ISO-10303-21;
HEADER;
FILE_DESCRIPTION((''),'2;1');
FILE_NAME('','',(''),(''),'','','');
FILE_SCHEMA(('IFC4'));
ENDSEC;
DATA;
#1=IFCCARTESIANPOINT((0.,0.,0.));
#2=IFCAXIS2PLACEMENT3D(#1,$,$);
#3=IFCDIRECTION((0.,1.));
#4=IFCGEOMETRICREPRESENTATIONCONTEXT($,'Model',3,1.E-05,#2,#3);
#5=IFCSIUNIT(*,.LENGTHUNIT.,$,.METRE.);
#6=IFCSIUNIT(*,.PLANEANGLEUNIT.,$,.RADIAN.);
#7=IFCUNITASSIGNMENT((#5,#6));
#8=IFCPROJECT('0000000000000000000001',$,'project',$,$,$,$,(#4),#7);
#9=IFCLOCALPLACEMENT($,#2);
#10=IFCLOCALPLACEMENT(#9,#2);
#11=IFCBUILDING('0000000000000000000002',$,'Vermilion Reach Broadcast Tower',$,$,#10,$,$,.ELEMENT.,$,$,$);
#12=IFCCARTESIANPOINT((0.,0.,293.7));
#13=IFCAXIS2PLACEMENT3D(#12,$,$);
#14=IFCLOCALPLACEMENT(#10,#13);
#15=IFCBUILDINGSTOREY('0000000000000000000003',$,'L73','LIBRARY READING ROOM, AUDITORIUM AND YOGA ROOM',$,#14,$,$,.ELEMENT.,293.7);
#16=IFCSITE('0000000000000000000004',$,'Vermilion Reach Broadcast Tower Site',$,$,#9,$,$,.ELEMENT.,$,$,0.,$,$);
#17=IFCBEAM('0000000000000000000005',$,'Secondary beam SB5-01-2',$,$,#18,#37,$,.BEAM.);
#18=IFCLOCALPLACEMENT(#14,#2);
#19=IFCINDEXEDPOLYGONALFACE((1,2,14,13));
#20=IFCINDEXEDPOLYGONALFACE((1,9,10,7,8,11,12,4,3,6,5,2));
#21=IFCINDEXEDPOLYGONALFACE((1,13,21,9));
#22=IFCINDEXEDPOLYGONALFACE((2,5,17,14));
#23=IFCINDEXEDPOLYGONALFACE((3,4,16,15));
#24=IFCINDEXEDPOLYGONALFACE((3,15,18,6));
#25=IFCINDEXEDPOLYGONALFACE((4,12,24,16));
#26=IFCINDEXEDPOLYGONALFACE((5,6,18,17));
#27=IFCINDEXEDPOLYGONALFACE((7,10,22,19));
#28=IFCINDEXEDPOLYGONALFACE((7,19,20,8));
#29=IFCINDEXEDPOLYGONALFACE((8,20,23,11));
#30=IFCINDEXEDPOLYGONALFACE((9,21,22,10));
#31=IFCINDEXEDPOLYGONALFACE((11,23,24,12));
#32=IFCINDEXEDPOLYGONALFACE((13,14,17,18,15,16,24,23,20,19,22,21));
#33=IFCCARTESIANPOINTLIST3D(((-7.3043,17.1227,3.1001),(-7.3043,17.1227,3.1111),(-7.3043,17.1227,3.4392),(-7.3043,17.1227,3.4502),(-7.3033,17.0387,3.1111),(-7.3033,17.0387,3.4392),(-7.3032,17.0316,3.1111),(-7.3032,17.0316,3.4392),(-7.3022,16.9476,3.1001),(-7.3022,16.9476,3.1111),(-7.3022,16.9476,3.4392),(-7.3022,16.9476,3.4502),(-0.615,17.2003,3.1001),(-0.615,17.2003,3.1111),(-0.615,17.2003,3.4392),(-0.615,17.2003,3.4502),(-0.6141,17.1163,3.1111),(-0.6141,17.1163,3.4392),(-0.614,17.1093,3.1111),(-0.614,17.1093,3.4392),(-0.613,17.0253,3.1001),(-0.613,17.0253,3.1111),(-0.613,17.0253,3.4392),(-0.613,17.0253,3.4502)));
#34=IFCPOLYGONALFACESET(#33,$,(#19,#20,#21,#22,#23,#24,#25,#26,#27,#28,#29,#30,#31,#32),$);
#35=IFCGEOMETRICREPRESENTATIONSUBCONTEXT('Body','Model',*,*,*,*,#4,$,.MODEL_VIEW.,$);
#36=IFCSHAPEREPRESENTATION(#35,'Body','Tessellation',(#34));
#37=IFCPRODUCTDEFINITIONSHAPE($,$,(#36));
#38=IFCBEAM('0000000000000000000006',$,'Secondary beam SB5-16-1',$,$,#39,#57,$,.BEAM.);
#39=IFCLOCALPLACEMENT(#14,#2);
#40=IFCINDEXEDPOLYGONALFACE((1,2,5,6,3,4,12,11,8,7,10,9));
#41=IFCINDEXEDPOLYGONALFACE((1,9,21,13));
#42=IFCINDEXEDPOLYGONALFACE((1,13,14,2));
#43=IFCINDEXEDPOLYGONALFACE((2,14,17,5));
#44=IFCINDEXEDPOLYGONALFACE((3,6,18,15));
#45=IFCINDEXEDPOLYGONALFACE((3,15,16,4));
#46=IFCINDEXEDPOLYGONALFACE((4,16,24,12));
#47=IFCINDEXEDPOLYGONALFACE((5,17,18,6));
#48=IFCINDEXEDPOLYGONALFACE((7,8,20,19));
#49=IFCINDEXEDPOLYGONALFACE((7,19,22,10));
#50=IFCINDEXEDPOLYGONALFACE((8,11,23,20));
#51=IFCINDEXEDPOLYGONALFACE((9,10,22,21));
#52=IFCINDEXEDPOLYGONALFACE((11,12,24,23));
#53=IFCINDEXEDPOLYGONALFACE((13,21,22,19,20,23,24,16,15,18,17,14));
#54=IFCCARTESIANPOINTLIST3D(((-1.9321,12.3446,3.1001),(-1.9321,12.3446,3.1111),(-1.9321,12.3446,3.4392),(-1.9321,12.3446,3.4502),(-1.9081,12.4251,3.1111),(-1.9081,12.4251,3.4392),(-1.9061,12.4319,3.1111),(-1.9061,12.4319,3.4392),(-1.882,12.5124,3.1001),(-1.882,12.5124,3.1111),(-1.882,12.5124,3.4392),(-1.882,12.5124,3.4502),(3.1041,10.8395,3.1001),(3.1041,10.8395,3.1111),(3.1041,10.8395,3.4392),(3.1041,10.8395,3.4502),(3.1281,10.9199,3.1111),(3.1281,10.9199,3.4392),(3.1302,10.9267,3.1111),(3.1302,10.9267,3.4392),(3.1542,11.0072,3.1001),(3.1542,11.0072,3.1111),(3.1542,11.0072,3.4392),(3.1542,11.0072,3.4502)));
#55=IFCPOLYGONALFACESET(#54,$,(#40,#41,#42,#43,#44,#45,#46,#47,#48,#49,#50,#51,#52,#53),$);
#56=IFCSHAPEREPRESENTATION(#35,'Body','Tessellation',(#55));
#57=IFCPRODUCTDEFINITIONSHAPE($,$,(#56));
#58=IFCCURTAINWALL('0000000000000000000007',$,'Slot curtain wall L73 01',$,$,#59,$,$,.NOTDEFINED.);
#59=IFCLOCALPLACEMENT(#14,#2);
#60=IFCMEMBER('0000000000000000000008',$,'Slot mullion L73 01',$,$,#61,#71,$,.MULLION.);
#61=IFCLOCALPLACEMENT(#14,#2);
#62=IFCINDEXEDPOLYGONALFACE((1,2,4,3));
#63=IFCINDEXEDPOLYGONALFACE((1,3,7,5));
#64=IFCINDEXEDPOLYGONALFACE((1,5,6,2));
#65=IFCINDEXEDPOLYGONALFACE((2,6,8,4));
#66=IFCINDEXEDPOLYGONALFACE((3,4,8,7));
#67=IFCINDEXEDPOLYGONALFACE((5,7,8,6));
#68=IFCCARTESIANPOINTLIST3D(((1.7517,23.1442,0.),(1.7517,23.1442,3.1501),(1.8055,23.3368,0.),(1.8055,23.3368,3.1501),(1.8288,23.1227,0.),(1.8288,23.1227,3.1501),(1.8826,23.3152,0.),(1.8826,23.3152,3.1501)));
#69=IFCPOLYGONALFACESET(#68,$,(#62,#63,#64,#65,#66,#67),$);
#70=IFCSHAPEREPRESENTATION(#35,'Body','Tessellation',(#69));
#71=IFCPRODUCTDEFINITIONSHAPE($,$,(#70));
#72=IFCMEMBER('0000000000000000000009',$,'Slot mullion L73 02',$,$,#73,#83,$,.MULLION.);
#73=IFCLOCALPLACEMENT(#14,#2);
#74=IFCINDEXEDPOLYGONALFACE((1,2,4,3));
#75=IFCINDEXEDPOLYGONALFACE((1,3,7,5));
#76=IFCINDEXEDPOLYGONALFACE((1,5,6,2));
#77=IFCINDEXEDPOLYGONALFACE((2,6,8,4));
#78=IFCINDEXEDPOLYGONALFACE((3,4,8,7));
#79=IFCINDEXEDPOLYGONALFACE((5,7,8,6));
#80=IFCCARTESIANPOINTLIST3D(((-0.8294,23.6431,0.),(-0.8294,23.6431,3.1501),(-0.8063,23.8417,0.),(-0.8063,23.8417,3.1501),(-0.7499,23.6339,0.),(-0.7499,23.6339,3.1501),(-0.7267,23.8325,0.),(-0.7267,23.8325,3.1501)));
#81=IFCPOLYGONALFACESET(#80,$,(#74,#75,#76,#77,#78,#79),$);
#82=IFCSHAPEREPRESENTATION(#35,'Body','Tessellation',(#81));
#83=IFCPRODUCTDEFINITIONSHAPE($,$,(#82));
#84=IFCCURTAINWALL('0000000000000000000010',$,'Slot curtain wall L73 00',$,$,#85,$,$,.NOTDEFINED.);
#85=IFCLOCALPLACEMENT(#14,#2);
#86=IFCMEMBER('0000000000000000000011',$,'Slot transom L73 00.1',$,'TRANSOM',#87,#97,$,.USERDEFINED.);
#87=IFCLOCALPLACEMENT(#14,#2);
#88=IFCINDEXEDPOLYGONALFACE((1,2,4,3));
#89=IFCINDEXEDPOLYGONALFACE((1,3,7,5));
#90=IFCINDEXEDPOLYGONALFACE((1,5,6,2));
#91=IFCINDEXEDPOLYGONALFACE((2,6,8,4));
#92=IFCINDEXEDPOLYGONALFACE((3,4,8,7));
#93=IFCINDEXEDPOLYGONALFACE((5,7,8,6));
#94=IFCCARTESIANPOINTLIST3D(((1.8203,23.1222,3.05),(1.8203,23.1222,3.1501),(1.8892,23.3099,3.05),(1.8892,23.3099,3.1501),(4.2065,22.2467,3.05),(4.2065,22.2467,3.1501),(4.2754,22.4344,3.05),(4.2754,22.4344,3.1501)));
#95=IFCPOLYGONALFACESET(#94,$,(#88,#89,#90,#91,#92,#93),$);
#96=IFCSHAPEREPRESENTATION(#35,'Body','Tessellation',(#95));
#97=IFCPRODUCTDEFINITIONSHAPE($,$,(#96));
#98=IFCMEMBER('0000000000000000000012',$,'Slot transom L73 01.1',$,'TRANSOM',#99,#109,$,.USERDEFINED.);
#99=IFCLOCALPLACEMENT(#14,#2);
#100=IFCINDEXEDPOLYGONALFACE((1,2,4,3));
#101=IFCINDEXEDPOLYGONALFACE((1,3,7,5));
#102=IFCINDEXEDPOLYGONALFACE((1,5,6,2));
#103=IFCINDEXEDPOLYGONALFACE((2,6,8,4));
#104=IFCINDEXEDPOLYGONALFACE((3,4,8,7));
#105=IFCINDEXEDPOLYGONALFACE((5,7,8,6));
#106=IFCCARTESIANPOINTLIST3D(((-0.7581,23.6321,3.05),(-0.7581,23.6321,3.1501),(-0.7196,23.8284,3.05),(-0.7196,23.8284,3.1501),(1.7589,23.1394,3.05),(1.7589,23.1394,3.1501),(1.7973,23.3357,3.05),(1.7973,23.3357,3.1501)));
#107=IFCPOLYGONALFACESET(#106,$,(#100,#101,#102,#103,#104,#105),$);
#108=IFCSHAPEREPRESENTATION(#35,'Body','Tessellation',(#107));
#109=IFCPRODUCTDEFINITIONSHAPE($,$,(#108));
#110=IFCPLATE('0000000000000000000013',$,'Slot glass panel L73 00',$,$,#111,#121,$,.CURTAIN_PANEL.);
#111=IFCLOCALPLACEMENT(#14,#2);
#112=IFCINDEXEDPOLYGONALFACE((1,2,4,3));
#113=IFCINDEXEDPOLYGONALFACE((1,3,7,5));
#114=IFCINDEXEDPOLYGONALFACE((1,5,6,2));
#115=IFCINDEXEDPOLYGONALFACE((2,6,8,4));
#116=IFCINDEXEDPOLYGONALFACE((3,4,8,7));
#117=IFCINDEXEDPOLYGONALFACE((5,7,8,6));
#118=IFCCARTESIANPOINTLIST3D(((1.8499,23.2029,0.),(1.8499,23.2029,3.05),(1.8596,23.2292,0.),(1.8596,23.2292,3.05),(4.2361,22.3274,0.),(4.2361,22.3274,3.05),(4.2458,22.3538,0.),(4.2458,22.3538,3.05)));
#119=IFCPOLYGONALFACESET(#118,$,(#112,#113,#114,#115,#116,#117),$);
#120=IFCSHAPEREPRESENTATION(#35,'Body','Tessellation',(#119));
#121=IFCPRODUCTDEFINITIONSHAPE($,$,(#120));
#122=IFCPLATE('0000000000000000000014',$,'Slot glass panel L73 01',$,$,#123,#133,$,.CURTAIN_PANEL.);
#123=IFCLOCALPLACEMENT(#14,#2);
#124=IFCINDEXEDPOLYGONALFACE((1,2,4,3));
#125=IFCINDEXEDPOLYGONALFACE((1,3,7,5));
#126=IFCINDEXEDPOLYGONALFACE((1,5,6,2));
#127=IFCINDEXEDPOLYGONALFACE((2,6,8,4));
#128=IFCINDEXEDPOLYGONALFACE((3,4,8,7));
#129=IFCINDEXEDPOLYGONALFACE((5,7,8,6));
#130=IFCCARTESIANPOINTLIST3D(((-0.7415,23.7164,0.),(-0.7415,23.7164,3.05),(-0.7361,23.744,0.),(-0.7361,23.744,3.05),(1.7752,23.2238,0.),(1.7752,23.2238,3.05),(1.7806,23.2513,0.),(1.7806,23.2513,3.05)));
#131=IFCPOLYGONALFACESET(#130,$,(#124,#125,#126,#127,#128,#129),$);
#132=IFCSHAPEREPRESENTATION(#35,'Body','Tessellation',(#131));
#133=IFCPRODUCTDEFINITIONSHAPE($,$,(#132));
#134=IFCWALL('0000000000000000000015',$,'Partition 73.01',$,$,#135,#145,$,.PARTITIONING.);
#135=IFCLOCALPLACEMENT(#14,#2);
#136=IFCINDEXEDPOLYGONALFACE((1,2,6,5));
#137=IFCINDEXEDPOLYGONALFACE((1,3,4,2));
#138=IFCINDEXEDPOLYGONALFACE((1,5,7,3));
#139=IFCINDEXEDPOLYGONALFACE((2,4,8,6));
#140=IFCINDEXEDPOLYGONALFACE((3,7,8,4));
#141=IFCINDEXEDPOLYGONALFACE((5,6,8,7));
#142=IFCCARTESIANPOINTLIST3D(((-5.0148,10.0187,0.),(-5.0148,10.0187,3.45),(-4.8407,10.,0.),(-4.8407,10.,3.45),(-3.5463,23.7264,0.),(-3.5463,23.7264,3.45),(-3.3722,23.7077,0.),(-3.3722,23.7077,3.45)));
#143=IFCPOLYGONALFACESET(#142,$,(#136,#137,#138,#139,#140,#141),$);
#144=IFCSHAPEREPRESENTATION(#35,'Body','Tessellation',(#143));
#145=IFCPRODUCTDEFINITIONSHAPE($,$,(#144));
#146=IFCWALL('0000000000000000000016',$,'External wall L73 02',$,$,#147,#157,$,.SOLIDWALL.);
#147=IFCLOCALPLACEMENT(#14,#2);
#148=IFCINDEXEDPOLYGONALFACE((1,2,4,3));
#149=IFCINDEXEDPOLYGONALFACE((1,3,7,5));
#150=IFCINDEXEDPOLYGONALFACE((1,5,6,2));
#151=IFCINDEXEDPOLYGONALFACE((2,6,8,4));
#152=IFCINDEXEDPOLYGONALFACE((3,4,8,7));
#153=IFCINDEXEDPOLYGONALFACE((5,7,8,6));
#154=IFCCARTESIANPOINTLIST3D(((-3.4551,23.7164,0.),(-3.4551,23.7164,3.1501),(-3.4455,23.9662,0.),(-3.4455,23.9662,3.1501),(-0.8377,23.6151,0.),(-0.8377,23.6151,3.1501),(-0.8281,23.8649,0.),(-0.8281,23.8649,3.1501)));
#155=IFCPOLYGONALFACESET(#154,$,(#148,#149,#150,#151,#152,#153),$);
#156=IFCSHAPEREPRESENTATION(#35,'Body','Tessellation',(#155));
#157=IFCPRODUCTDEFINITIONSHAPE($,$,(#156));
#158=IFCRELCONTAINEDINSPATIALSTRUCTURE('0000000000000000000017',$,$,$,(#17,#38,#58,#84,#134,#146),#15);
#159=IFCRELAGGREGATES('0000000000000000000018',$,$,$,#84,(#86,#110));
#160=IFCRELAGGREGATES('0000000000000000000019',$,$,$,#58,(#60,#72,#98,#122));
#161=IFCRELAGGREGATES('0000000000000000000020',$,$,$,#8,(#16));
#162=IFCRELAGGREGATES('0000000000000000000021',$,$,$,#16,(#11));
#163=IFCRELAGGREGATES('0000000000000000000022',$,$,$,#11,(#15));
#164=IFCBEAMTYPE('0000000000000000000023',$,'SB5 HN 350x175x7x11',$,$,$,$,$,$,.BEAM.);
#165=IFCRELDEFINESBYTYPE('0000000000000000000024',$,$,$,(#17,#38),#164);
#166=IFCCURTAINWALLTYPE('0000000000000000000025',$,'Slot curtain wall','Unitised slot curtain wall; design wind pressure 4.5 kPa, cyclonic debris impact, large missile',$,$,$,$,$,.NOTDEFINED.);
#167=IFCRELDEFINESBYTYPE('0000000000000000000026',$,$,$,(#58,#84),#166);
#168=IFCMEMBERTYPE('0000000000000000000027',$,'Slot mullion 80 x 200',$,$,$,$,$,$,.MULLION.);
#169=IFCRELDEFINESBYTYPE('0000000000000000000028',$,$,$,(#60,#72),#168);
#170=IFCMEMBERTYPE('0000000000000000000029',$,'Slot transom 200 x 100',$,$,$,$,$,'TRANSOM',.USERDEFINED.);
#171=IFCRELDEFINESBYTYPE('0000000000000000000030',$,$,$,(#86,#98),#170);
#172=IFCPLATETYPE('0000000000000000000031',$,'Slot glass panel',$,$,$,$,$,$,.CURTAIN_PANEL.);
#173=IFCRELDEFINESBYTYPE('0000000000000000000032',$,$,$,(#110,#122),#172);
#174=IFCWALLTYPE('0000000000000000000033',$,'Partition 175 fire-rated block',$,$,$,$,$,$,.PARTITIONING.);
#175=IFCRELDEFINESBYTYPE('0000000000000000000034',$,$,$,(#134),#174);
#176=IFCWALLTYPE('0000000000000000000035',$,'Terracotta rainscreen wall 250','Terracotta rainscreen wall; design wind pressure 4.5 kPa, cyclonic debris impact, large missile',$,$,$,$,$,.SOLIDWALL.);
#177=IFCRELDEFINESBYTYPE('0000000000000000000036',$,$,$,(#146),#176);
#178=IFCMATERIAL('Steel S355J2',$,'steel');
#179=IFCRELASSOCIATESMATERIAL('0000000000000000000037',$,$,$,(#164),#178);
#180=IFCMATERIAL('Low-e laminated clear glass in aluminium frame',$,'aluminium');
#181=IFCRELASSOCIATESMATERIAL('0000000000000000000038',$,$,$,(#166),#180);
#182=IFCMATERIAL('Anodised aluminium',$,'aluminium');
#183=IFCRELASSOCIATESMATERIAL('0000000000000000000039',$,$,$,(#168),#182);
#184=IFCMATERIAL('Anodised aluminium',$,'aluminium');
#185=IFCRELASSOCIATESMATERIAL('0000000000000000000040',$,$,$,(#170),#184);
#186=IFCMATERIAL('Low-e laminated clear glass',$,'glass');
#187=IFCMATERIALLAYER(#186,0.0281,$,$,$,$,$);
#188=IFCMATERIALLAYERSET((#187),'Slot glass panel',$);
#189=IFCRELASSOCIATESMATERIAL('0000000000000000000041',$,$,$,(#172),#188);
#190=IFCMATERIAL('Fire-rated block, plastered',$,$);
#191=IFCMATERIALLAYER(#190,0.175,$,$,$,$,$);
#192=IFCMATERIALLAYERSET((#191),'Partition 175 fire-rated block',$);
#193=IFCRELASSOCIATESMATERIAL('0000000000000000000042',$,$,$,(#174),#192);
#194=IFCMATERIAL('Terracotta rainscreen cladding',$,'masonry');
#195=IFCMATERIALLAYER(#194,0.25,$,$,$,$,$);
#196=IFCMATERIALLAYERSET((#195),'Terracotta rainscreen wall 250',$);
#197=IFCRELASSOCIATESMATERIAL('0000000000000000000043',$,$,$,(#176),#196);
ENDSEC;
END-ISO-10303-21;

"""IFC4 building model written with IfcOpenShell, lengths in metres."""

from ifc_helpers import new_model, si_unit, direction, frame, frame_2d, origin, origin_2d, place, context, subcontext, project, spatial, rectangle, i_section, extrude, material, layer, layer_set, material_profile, profile_set, type_object, element, aggregate, save


model = new_model("IFC4")

# Units and contexts
model_context = context("Model", 3, precision=1e-05, world=origin(), true_north=direction((0.0, 1.0)))
body_context = subcontext(model_context, "Body", "Model", "MODEL_VIEW")
ifc_project = project(units=[si_unit("LENGTHUNIT", "METRE"), si_unit("PLANEANGLEUNIT", "RADIAN")], contexts=[model_context])

# Site, building, storey
site_placement = place(None, origin())
site = spatial("IfcSite", under=ifc_project, at=site_placement, Name="Vermilion Reach Broadcast Tower Site", CompositionType="ELEMENT", RefElevation=0.0)
building_placement = place(site_placement, origin())
building = spatial("IfcBuilding", under=site, at=building_placement, Name="Vermilion Reach Broadcast Tower", CompositionType="ELEMENT")
storey_placement = place(building_placement, frame((0.0, 0.0, 293.7)))
storey = spatial("IfcBuildingStorey", under=building, at=storey_placement, Name="L73", Description="LIBRARY READING ROOM, AUDITORIUM AND YOGA ROOM", CompositionType="ELEMENT", Elevation=293.7)

# Beams
ifc_material_1 = material(Name="Steel S355J2", Category="steel")
ifc_material_profile_1 = material_profile(ifc_material_1, i_section(OverallWidth=0.175, OverallDepth=0.3501, WebThickness=0.0071, FlangeThickness=0.011, at=origin_2d()), Name="S355J2 HN 350x175x7x11")
ifc_profile_set_1 = profile_set([ifc_material_profile_1], Name="Steel S355J2")
beam_type_1 = type_object("IfcBeamType", Name="SB5 HN 350x175x7x11", PredefinedType="BEAM", material=ifc_profile_set_1)
beam_1_placement = place(storey_placement, frame((-0.614, 17.1128, 3.2751), z_axis=(-0.999933, -0.011605, 0.0), x_axis=(0.011605, -0.999933, 0.0)))
element("IfcBeam", 1, at=beam_1_placement, inside=storey, type_object=beam_type_1, Name="Secondary beam SB5-01-2", PredefinedType="BEAM", context=body_context, shape_type="SweptSolid", body=[
    extrude(i_section(OverallWidth=0.175, OverallDepth=0.3501, WebThickness=0.0071, FlangeThickness=0.011, at=origin_2d()), origin(), (0.0, 0.0, 1.0), 6.6897),
])
beam_2_placement = place(storey_placement, frame((3.1292, 10.9233, 3.2751), z_axis=(-0.958125, 0.286351, 0.0), x_axis=(-0.286351, -0.958125, 0.0)))
element("IfcBeam", 2, at=beam_2_placement, inside=storey, type_object=beam_type_1, Name="Secondary beam SB5-16-1", PredefinedType="BEAM", context=body_context, shape_type="SweptSolid", body=[
    extrude(i_section(OverallWidth=0.175, OverallDepth=0.3501, WebThickness=0.0071, FlangeThickness=0.011, at=origin_2d()), origin(), (0.0, 0.0, 1.0), 5.2563),
])

# Curtain wall, members
ifc_material_2 = material(Name="Low-e laminated clear glass in aluminium frame", Category="aluminium")
curtain_wall_type = type_object("IfcCurtainWallType", Name="Slot curtain wall", Description="Unitised slot curtain wall; design wind pressure 4.5 kPa, cyclonic debris impact, large missile", PredefinedType="NOTDEFINED", material=ifc_material_2)
placement = place(storey_placement, origin())
curtain_wall_1 = element("IfcCurtainWall", 3, at=placement, inside=storey, type_object=curtain_wall_type, Name="Slot curtain wall L73 01", PredefinedType="NOTDEFINED")
ifc_material_3 = material(Name="Anodised aluminium", Category="aluminium")
ifc_material_profile_2 = material_profile(ifc_material_3, rectangle(XDim=0.2, YDim=0.0801, at=origin_2d()), Name="Slot mullion 80 x 200")
ifc_profile_set_2 = profile_set([ifc_material_profile_2], Name="Anodised aluminium")
member_type_1 = type_object("IfcMemberType", Name="Slot mullion 80 x 200", PredefinedType="MULLION", material=ifc_profile_set_2)
member_1_placement = place(storey_placement, frame((1.8171, 23.2297, 0.0), z_axis=(0.0, 0.0, 1.0), x_axis=(-0.269106, -0.963111, 0.0)))
member_1 = element("IfcMember", 4, at=member_1_placement, type_object=member_type_1, Name="Slot mullion L73 01", PredefinedType="MULLION", context=body_context, shape_type="SweptSolid", body=[
    extrude(rectangle(XDim=0.2, YDim=0.0801, at=origin_2d()), origin(), (0.0, 0.0, 1.0), 3.1501),
])
member_2_placement = place(storey_placement, frame((-0.7781, 23.7378, 0.0), z_axis=(0.0, 0.0, 1.0), x_axis=(-0.115743, -0.993279, 0.0)))
member_2 = element("IfcMember", 5, at=member_2_placement, type_object=member_type_1, Name="Slot mullion L73 02", PredefinedType="MULLION", context=body_context, shape_type="SweptSolid", body=[
    extrude(rectangle(XDim=0.2, YDim=0.0801, at=origin_2d()), origin(), (0.0, 0.0, 1.0), 3.1501),
])

# Curtain wall, member
curtain_wall_2 = element("IfcCurtainWall", 6, at=placement, inside=storey, type_object=curtain_wall_type, Name="Slot curtain wall L73 00", PredefinedType="NOTDEFINED")
ifc_material_4 = material(Name="Anodised aluminium", Category="aluminium")
ifc_material_profile_3 = material_profile(ifc_material_4, rectangle(XDim=0.2, YDim=0.1001, at=origin_2d()), Name="Slot transom 200 x 100")
ifc_profile_set_3 = profile_set([ifc_material_profile_3], Name="Anodised aluminium")
member_type_2 = type_object("IfcMemberType", Name="Slot transom 200 x 100", ElementType="TRANSOM", PredefinedType="USERDEFINED", material=ifc_profile_set_3)
member_3_placement = place(storey_placement, frame((4.241, 22.3406, 3.1001), z_axis=(-0.938808, 0.344441, 0.0), x_axis=(-0.344441, -0.938808, 0.0)))
member_3 = element("IfcMember", 7, at=member_3_placement, type_object=member_type_2, Name="Slot transom L73 00.1", ObjectType="TRANSOM", PredefinedType="USERDEFINED", context=body_context, shape_type="SweptSolid", body=[
    extrude(rectangle(XDim=0.2, YDim=0.1001, at=origin_2d()), origin(), (0.0, 0.0, 1.0), 2.5417),
])

# Member
member_4_placement = place(storey_placement, frame((1.7781, 23.2375, 3.1001), z_axis=(-0.981374, 0.192105, 0.0), x_axis=(-0.192105, -0.981374, 0.0)))
member_4 = element("IfcMember", 8, at=member_4_placement, type_object=member_type_2, Name="Slot transom L73 01.1", ObjectType="TRANSOM", PredefinedType="USERDEFINED", context=body_context, shape_type="SweptSolid", body=[
    extrude(rectangle(XDim=0.2, YDim=0.1001, at=origin_2d()), origin(), (0.0, 0.0, 1.0), 2.5647),
])

# Plates
ifc_material_5 = material(Name="Low-e laminated clear glass", Category="glass")
ifc_layer_1 = layer(ifc_material_5, 0.0281)
ifc_layer_set_1 = layer_set([ifc_layer_1], Name="Slot glass panel")
plate_type = type_object("IfcPlateType", Name="Slot glass panel", PredefinedType="CURTAIN_PANEL", material=ifc_layer_set_1)
plate_1_placement = place(storey_placement, frame((3.0479, 22.7783, 0.0), z_axis=(0.0, 0.0, 1.0), x_axis=(-0.938814, 0.344426, 0.0)))
plate_1 = element("IfcPlate", 9, at=plate_1_placement, type_object=plate_type, Name="Slot glass panel L73 00", PredefinedType="CURTAIN_PANEL", context=body_context, shape_type="SweptSolid", body=[
    extrude(rectangle(XDim=2.5417, YDim=0.0281, at=origin_2d()), origin(), (0.0, 0.0, 1.0), 3.05),
])
aggregate(curtain_wall_2, [member_3, plate_1])
plate_2_placement = place(storey_placement, frame((0.5195, 23.4839, 0.0), z_axis=(0.0, 0.0, 1.0), x_axis=(-0.981375, 0.192101, 0.0)))
plate_2 = element("IfcPlate", 10, at=plate_2_placement, type_object=plate_type, Name="Slot glass panel L73 01", PredefinedType="CURTAIN_PANEL", context=body_context, shape_type="SweptSolid", body=[
    extrude(rectangle(XDim=2.5645, YDim=0.0281, at=origin_2d()), origin(), (0.0, 0.0, 1.0), 3.05),
])
aggregate(curtain_wall_1, [member_1, member_2, member_4, plate_2])

# Walls
ifc_material_6 = material(Name="Fire-rated block, plastered")
ifc_layer_2 = layer(ifc_material_6, 0.175)
ifc_layer_set_2 = layer_set([ifc_layer_2], Name="Partition 175 fire-rated block")
wall_type_1 = type_object("IfcWallType", Name="Partition 175 fire-rated block", PredefinedType="PARTITIONING", material=ifc_layer_set_2)
wall_1_placement = place(storey_placement, frame((-3.4592, 23.717, 0.0), z_axis=(0.0, 0.0, 1.0), x_axis=(-0.10652, -0.994311, 0.0)))
element("IfcWall", 11, at=wall_1_placement, inside=storey, type_object=wall_type_1, Name="Partition 73.01", PredefinedType="PARTITIONING", context=body_context, shape_type="SweptSolid", body=[
    extrude(rectangle(XDim=13.7861, YDim=0.175, at=frame_2d((6.8931, 0.0))), origin(), (0.0, 0.0, 1.0), 3.45),
])
ifc_material_7 = material(Name="Terracotta rainscreen cladding", Category="masonry")
ifc_layer_3 = layer(ifc_material_7, 0.25)
ifc_layer_set_3 = layer_set([ifc_layer_3], Name="Terracotta rainscreen wall 250")
wall_type_2 = type_object("IfcWallType", Name="Terracotta rainscreen wall 250", Description="Terracotta rainscreen wall; design wind pressure 4.5 kPa, cyclonic debris impact, large missile", PredefinedType="SOLIDWALL", material=ifc_layer_set_3)
wall_2_placement = place(storey_placement, frame((-0.833, 23.74, 0.0), z_axis=(0.0, 0.0, 1.0), x_axis=(-0.999252, 0.03868, 0.0)))
element("IfcWall", 12, at=wall_2_placement, inside=storey, type_object=wall_type_2, Name="External wall L73 02", PredefinedType="SOLIDWALL", context=body_context, shape_type="SweptSolid", body=[
    extrude(rectangle(XDim=2.6194, YDim=0.25, at=frame_2d((1.3096, 0.0))), origin(), (0.0, 0.0, 1.0), 3.1501),
])

save(model, "model.ifc")
